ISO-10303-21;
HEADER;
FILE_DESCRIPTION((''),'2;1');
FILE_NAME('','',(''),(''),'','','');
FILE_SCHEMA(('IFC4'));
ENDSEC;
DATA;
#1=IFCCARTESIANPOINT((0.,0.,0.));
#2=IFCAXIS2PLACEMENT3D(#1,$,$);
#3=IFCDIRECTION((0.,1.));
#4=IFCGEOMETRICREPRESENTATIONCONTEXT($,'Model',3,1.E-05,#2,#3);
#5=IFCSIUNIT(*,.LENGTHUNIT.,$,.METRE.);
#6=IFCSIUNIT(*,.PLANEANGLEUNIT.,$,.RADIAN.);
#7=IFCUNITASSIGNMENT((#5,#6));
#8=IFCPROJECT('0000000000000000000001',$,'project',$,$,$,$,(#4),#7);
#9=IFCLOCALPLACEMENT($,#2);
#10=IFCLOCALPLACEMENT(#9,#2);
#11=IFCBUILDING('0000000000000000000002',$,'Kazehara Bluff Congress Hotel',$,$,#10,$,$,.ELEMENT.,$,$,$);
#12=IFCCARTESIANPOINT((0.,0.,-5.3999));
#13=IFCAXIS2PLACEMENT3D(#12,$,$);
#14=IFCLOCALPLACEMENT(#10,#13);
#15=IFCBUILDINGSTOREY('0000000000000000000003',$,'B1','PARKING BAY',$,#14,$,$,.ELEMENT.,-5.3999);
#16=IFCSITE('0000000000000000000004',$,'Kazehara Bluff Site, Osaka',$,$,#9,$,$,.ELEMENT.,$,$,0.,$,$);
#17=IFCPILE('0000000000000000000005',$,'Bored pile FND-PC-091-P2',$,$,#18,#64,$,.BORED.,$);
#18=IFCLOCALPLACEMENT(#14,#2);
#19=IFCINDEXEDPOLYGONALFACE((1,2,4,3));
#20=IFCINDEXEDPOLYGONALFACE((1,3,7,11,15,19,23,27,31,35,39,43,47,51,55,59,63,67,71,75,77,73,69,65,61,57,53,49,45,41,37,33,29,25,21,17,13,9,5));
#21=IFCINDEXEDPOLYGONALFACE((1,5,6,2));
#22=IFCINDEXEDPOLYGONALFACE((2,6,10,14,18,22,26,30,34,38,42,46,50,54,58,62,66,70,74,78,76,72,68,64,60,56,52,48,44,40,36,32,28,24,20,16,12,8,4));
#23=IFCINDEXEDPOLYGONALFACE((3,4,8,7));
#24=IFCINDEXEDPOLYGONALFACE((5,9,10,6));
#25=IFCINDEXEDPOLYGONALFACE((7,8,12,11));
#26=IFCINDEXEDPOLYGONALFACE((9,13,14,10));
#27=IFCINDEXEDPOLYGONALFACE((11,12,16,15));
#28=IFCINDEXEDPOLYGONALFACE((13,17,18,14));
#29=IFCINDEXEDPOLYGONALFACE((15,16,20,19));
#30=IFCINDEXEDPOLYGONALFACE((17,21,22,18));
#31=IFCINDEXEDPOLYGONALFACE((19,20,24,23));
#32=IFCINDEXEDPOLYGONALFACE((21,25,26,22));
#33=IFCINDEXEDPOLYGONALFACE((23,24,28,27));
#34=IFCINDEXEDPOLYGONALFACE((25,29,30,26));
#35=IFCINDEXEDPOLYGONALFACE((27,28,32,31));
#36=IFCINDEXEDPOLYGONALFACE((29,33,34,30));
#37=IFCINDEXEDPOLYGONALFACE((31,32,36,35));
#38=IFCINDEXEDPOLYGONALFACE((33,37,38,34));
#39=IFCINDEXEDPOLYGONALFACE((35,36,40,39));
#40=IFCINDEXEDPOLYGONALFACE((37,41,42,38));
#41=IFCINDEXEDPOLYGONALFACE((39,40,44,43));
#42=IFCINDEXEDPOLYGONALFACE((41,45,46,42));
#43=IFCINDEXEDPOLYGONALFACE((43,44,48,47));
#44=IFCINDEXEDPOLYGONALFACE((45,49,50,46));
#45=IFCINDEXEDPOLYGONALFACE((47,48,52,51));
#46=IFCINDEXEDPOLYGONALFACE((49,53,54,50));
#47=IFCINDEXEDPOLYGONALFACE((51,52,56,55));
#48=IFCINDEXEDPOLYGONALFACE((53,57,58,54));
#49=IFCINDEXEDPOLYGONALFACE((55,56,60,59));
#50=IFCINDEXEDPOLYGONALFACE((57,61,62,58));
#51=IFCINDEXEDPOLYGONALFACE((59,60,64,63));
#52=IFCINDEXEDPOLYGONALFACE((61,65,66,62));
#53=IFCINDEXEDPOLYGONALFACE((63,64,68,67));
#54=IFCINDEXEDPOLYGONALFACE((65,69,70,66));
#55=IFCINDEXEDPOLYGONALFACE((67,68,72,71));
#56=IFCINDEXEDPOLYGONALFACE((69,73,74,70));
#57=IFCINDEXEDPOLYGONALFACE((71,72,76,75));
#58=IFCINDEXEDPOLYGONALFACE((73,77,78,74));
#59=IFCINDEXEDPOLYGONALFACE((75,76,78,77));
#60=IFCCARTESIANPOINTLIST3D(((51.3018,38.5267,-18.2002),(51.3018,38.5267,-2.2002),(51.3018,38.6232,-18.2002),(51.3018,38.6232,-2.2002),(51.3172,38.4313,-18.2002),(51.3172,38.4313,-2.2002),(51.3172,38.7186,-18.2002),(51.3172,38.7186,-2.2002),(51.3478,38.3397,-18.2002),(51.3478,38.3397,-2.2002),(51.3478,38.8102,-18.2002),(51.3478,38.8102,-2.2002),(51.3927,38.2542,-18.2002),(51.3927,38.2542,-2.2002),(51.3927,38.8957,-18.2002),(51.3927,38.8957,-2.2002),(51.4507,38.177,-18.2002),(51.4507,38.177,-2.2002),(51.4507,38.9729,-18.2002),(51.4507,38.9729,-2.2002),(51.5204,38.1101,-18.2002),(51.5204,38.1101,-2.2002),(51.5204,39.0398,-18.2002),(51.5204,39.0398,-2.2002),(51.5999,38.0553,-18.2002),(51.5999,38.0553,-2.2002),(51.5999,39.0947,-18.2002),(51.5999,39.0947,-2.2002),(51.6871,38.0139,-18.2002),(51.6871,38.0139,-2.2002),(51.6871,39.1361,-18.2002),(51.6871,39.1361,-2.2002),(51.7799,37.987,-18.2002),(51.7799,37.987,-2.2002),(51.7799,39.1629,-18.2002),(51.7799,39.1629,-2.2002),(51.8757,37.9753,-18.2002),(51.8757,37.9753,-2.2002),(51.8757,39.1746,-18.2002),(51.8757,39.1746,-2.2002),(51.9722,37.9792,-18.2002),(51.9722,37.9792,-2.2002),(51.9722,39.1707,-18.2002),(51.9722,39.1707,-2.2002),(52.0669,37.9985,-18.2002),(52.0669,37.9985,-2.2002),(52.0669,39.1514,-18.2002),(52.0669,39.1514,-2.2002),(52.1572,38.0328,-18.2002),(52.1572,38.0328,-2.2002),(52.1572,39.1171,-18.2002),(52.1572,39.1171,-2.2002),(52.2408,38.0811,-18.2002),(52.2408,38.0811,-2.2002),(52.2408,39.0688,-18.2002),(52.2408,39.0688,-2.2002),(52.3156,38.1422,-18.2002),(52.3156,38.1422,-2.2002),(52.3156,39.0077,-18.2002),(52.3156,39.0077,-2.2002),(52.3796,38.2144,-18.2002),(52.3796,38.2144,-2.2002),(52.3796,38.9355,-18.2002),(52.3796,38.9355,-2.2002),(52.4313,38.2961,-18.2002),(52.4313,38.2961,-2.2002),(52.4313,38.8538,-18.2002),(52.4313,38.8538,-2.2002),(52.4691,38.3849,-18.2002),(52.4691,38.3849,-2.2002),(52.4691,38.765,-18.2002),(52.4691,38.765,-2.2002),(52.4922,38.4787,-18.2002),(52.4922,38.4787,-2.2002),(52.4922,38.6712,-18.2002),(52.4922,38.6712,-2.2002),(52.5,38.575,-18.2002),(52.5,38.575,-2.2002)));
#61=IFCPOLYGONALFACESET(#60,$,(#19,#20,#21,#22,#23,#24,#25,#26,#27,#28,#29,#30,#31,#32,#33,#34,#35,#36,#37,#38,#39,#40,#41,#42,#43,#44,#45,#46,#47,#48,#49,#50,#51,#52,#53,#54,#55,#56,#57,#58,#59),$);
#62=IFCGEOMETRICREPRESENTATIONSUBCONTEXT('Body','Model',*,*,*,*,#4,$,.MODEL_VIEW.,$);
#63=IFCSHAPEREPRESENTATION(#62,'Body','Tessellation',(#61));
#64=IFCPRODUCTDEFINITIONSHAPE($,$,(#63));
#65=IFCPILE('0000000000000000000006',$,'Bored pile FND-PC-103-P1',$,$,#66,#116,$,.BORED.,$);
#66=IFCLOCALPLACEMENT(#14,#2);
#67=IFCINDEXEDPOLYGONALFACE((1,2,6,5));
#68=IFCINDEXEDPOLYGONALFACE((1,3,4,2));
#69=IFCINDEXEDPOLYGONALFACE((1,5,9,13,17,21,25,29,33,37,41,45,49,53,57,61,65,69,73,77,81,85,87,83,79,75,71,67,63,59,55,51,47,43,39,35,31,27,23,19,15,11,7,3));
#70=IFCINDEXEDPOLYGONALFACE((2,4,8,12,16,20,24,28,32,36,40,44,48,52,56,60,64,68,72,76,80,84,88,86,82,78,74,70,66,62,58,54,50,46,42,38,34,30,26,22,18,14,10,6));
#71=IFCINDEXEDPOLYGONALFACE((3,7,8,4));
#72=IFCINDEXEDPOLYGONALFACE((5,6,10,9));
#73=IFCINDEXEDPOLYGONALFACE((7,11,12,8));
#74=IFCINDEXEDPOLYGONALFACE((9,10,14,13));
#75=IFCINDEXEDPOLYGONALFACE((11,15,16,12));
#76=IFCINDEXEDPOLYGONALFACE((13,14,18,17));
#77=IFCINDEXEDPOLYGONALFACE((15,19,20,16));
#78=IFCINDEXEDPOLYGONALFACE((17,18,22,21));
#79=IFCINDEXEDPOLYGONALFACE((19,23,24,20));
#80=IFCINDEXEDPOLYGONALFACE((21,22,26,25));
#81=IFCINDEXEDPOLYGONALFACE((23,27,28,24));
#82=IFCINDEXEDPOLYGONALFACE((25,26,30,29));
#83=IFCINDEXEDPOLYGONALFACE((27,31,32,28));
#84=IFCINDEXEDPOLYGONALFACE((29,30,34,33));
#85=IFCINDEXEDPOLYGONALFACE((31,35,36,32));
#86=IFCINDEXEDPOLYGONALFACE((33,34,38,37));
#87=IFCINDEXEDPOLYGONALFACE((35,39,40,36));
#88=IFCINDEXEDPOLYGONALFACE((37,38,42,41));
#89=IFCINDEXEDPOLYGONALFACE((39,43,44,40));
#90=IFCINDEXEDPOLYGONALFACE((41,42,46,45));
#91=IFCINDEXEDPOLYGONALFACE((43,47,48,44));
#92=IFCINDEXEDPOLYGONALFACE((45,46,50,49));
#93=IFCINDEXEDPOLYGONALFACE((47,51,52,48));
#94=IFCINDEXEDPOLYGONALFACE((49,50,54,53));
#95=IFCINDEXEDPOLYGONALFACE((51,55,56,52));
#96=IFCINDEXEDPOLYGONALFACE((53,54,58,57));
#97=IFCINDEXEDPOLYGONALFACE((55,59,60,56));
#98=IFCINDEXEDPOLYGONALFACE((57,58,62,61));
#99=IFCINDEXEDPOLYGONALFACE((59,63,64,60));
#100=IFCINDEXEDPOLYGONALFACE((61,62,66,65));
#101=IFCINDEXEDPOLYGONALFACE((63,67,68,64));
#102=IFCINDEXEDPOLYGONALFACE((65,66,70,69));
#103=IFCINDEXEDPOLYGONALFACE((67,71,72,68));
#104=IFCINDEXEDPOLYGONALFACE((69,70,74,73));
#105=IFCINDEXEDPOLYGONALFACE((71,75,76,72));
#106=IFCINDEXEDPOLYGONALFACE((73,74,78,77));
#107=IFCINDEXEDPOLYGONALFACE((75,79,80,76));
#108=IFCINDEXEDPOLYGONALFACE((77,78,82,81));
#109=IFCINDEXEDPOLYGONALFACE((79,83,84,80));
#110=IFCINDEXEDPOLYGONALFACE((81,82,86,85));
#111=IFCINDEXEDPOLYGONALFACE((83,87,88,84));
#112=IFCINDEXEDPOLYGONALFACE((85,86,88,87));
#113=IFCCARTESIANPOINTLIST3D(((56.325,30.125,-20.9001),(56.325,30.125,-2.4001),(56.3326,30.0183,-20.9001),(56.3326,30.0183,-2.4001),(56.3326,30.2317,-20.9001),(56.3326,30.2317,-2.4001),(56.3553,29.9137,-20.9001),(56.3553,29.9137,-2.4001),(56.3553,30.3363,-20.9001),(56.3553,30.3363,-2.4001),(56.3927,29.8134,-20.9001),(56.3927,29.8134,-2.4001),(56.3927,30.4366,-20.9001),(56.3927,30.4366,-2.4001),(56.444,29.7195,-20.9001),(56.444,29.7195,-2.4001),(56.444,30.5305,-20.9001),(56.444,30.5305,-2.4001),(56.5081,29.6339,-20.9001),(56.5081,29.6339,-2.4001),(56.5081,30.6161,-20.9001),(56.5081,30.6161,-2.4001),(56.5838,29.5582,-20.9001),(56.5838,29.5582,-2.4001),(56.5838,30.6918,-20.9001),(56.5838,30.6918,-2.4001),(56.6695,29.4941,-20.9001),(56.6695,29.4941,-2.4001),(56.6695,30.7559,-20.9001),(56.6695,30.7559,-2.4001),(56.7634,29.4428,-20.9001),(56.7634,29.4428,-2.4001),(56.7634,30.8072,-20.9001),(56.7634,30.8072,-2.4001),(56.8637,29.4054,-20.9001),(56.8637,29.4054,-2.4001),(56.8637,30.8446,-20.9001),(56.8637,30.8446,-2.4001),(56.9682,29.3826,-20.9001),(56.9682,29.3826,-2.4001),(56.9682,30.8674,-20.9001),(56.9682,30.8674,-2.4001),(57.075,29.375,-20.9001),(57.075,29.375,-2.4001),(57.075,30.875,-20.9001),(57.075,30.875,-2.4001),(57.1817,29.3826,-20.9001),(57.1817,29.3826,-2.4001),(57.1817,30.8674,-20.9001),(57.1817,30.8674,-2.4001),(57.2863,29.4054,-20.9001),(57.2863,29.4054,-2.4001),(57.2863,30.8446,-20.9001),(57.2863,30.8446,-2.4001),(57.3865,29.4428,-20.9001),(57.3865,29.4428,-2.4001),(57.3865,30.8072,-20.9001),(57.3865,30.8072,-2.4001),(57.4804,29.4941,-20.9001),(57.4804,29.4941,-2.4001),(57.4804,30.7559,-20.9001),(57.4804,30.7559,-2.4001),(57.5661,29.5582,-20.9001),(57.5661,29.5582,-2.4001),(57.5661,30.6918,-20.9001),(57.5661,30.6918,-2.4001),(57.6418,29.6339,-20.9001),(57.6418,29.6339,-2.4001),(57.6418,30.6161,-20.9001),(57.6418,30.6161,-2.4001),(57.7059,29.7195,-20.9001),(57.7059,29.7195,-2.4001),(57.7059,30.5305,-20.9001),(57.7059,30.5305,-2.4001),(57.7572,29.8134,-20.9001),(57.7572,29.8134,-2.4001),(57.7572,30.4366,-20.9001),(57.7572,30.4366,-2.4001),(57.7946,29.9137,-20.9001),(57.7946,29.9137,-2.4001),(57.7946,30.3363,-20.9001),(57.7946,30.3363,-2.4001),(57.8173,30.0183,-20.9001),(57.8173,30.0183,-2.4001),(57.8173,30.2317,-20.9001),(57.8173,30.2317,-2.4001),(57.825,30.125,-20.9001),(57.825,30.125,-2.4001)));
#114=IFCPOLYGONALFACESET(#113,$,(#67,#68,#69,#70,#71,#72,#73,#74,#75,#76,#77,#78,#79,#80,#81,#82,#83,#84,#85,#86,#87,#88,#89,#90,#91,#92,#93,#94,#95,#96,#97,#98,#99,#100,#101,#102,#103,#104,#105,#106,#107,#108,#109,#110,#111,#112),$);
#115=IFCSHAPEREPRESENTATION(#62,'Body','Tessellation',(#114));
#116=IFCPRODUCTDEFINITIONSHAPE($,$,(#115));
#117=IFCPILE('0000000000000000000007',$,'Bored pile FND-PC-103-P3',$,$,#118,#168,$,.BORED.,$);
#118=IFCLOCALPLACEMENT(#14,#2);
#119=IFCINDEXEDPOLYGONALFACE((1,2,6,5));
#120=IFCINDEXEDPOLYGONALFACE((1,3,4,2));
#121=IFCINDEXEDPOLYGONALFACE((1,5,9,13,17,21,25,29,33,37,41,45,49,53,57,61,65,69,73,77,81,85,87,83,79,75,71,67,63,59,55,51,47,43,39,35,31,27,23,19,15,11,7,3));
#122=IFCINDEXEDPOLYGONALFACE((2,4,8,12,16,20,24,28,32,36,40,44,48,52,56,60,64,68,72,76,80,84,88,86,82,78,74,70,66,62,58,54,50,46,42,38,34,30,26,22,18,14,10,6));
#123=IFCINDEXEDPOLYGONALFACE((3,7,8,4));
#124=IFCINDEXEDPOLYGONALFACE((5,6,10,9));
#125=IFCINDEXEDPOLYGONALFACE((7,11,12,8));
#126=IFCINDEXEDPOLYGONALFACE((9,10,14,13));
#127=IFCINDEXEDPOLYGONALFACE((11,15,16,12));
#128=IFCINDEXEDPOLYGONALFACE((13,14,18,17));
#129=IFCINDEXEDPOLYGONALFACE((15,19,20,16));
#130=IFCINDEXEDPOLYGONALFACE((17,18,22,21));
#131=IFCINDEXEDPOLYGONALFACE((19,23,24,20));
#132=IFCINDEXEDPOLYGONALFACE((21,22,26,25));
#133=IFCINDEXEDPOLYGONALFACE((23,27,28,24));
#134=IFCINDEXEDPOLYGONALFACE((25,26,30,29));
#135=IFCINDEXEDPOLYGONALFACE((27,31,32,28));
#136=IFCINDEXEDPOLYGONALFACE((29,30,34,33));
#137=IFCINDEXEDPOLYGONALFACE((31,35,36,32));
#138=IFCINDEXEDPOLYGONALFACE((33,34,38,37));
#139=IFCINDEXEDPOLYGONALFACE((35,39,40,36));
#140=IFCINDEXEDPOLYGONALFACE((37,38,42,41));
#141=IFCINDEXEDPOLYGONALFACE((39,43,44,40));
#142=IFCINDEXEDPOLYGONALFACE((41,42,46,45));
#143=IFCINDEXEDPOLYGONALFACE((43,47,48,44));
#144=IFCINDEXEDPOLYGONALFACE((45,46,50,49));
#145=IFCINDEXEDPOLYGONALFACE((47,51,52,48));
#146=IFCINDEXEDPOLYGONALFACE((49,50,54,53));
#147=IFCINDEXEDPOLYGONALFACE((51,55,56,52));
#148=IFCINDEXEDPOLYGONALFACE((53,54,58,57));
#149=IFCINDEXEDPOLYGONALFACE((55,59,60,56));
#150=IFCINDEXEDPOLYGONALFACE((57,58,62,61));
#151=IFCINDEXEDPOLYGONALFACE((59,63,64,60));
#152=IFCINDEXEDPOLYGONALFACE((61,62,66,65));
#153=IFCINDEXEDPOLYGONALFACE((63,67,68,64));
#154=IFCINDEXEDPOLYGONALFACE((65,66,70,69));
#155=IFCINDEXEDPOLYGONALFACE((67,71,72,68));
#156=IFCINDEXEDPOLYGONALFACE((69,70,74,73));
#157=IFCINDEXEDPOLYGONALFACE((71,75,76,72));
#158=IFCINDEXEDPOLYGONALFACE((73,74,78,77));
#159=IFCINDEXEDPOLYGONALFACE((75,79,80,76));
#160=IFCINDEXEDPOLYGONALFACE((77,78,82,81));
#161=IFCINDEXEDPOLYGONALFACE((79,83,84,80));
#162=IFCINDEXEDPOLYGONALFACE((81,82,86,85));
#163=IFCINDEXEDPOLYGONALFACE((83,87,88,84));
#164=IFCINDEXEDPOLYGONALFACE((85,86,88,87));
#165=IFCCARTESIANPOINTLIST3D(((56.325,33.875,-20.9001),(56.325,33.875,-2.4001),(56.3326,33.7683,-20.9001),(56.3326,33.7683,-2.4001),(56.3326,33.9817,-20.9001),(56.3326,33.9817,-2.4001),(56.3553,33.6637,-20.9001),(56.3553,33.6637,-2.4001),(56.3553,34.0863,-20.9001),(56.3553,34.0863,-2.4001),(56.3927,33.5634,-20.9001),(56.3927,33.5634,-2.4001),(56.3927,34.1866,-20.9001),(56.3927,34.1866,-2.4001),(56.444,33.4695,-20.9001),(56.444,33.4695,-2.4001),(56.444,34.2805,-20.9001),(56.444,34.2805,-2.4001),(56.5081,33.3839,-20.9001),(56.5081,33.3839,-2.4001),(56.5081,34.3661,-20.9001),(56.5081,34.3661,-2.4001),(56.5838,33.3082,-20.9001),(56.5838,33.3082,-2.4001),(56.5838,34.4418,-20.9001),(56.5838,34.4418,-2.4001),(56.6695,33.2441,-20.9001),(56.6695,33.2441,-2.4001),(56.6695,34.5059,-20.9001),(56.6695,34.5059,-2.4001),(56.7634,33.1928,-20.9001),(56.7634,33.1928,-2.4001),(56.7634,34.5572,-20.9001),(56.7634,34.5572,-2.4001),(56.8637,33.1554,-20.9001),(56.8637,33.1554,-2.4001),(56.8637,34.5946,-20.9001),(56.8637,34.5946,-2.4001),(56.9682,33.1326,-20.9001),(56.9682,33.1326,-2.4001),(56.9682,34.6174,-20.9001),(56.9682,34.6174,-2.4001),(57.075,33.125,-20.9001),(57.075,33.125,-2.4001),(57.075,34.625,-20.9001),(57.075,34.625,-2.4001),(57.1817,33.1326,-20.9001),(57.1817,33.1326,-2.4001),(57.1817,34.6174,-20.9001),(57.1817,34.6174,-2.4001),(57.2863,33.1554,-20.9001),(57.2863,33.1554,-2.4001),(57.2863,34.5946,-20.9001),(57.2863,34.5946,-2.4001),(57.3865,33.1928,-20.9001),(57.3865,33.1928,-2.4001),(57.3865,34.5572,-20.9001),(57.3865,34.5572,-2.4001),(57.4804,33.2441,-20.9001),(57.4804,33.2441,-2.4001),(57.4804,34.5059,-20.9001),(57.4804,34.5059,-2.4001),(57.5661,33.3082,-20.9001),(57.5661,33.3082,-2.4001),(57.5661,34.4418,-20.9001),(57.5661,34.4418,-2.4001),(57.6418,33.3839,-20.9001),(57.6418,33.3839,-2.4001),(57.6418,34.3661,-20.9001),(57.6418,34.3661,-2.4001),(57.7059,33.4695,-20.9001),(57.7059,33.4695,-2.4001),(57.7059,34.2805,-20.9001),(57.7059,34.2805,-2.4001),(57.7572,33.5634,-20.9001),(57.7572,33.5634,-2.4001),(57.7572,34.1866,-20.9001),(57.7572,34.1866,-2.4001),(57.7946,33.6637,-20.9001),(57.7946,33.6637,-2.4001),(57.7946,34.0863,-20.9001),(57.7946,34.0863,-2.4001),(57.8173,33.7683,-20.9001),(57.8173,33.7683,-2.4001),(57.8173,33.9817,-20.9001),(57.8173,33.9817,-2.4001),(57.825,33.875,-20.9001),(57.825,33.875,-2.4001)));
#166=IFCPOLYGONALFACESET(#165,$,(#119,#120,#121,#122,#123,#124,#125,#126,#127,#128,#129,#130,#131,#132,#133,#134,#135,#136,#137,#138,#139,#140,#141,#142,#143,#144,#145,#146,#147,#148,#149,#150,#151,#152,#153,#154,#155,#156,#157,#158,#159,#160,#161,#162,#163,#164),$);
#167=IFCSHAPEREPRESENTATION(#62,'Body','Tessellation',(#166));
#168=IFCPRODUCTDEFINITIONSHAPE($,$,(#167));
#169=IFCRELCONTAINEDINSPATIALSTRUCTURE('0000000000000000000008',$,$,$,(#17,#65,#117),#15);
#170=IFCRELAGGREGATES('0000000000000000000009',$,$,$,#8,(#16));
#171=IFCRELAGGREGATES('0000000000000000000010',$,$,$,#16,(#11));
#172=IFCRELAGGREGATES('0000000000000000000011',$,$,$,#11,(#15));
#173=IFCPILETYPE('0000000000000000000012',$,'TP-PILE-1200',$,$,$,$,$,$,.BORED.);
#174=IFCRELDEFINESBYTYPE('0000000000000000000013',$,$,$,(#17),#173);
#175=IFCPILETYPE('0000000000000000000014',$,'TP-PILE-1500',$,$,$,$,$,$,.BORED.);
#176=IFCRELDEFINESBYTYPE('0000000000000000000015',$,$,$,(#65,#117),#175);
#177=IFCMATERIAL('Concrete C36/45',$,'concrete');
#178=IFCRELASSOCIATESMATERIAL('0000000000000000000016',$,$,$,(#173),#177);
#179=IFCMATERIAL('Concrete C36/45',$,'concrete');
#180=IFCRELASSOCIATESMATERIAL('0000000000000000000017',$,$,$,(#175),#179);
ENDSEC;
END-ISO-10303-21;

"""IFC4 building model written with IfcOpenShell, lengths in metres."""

from ifc_helpers import new_model, si_unit, direction, frame, origin, origin_2d, place, context, subcontext, project, spatial, circle, extrude, material, material_profile, profile_set, type_object, element, save


model = new_model("IFC4")

# Units and contexts
model_context = context("Model", 3, precision=1e-05, world=origin(), true_north=direction((0.0, 1.0)))
body_context = subcontext(model_context, "Body", "Model", "MODEL_VIEW")
ifc_project = project(units=[si_unit("LENGTHUNIT", "METRE"), si_unit("PLANEANGLEUNIT", "RADIAN")], contexts=[model_context])

# Site, building, storey
site_placement = place(None, origin())
site = spatial("IfcSite", under=ifc_project, at=site_placement, Name="Kazehara Bluff Site, Osaka", CompositionType="ELEMENT", RefElevation=0.0)
building_placement = place(site_placement, origin())
building = spatial("IfcBuilding", under=site, at=building_placement, Name="Kazehara Bluff Congress Hotel", CompositionType="ELEMENT")
storey_placement = place(building_placement, frame((0.0, 0.0, -5.3999)))
storey = spatial("IfcBuildingStorey", under=building, at=storey_placement, Name="B1", Description="PARKING BAY", CompositionType="ELEMENT", Elevation=-5.3999)

# Piles
ifc_material_1 = material(Name="Concrete C36/45", Category="concrete")
ifc_material_profile_1 = material_profile(ifc_material_1, circle(Radius=0.6001, at=origin_2d()))
ifc_profile_set_1 = profile_set([ifc_material_profile_1], Name="Concrete C36/45")
pile_type_1 = type_object("IfcPileType", Name="TP-PILE-1200", PredefinedType="BORED", material=ifc_profile_set_1)
for number, where, z_axis, x_axis, name in (
    (1, (51.8999, 38.575, -2.2002), (0.0, 0.0, -1.0), (1.0, 0.0, 0.0), "Bored pile FND-PC-091-P2"),
):
    element("IfcPile", number, at=place(storey_placement, frame(where, z_axis=z_axis, x_axis=x_axis)), inside=storey, type_object=pile_type_1, Name=name, PredefinedType="BORED", context=body_context, shape_type="SweptSolid", body=[
        extrude(circle(Radius=0.6001, at=origin_2d()), origin(), (0.0, 0.0, 1.0), 16.0),
    ])
ifc_material_2 = material(Name="Concrete C36/45", Category="concrete")
ifc_material_profile_2 = material_profile(ifc_material_2, circle(Radius=0.75, at=origin_2d()))
ifc_profile_set_2 = profile_set([ifc_material_profile_2], Name="Concrete C36/45")
pile_type_2 = type_object("IfcPileType", Name="TP-PILE-1500", PredefinedType="BORED", material=ifc_profile_set_2)
for number, where, z_axis, x_axis, name in (
    (2, (57.075, 30.125, -2.4001), (0.0, 0.0, -1.0), (1.0, 0.0, 0.0), "Bored pile FND-PC-103-P1"),
    (3, (57.075, 33.875, -2.4001), (0.0, 0.0, -1.0), (1.0, 0.0, 0.0), "Bored pile FND-PC-103-P3"),
):
    element("IfcPile", number, at=place(storey_placement, frame(where, z_axis=z_axis, x_axis=x_axis)), inside=storey, type_object=pile_type_2, Name=name, PredefinedType="BORED", context=body_context, shape_type="SweptSolid", body=[
        extrude(circle(Radius=0.75, at=origin_2d()), origin(), (0.0, 0.0, 1.0), 18.5),
    ])

save(model, "model.ifc")
